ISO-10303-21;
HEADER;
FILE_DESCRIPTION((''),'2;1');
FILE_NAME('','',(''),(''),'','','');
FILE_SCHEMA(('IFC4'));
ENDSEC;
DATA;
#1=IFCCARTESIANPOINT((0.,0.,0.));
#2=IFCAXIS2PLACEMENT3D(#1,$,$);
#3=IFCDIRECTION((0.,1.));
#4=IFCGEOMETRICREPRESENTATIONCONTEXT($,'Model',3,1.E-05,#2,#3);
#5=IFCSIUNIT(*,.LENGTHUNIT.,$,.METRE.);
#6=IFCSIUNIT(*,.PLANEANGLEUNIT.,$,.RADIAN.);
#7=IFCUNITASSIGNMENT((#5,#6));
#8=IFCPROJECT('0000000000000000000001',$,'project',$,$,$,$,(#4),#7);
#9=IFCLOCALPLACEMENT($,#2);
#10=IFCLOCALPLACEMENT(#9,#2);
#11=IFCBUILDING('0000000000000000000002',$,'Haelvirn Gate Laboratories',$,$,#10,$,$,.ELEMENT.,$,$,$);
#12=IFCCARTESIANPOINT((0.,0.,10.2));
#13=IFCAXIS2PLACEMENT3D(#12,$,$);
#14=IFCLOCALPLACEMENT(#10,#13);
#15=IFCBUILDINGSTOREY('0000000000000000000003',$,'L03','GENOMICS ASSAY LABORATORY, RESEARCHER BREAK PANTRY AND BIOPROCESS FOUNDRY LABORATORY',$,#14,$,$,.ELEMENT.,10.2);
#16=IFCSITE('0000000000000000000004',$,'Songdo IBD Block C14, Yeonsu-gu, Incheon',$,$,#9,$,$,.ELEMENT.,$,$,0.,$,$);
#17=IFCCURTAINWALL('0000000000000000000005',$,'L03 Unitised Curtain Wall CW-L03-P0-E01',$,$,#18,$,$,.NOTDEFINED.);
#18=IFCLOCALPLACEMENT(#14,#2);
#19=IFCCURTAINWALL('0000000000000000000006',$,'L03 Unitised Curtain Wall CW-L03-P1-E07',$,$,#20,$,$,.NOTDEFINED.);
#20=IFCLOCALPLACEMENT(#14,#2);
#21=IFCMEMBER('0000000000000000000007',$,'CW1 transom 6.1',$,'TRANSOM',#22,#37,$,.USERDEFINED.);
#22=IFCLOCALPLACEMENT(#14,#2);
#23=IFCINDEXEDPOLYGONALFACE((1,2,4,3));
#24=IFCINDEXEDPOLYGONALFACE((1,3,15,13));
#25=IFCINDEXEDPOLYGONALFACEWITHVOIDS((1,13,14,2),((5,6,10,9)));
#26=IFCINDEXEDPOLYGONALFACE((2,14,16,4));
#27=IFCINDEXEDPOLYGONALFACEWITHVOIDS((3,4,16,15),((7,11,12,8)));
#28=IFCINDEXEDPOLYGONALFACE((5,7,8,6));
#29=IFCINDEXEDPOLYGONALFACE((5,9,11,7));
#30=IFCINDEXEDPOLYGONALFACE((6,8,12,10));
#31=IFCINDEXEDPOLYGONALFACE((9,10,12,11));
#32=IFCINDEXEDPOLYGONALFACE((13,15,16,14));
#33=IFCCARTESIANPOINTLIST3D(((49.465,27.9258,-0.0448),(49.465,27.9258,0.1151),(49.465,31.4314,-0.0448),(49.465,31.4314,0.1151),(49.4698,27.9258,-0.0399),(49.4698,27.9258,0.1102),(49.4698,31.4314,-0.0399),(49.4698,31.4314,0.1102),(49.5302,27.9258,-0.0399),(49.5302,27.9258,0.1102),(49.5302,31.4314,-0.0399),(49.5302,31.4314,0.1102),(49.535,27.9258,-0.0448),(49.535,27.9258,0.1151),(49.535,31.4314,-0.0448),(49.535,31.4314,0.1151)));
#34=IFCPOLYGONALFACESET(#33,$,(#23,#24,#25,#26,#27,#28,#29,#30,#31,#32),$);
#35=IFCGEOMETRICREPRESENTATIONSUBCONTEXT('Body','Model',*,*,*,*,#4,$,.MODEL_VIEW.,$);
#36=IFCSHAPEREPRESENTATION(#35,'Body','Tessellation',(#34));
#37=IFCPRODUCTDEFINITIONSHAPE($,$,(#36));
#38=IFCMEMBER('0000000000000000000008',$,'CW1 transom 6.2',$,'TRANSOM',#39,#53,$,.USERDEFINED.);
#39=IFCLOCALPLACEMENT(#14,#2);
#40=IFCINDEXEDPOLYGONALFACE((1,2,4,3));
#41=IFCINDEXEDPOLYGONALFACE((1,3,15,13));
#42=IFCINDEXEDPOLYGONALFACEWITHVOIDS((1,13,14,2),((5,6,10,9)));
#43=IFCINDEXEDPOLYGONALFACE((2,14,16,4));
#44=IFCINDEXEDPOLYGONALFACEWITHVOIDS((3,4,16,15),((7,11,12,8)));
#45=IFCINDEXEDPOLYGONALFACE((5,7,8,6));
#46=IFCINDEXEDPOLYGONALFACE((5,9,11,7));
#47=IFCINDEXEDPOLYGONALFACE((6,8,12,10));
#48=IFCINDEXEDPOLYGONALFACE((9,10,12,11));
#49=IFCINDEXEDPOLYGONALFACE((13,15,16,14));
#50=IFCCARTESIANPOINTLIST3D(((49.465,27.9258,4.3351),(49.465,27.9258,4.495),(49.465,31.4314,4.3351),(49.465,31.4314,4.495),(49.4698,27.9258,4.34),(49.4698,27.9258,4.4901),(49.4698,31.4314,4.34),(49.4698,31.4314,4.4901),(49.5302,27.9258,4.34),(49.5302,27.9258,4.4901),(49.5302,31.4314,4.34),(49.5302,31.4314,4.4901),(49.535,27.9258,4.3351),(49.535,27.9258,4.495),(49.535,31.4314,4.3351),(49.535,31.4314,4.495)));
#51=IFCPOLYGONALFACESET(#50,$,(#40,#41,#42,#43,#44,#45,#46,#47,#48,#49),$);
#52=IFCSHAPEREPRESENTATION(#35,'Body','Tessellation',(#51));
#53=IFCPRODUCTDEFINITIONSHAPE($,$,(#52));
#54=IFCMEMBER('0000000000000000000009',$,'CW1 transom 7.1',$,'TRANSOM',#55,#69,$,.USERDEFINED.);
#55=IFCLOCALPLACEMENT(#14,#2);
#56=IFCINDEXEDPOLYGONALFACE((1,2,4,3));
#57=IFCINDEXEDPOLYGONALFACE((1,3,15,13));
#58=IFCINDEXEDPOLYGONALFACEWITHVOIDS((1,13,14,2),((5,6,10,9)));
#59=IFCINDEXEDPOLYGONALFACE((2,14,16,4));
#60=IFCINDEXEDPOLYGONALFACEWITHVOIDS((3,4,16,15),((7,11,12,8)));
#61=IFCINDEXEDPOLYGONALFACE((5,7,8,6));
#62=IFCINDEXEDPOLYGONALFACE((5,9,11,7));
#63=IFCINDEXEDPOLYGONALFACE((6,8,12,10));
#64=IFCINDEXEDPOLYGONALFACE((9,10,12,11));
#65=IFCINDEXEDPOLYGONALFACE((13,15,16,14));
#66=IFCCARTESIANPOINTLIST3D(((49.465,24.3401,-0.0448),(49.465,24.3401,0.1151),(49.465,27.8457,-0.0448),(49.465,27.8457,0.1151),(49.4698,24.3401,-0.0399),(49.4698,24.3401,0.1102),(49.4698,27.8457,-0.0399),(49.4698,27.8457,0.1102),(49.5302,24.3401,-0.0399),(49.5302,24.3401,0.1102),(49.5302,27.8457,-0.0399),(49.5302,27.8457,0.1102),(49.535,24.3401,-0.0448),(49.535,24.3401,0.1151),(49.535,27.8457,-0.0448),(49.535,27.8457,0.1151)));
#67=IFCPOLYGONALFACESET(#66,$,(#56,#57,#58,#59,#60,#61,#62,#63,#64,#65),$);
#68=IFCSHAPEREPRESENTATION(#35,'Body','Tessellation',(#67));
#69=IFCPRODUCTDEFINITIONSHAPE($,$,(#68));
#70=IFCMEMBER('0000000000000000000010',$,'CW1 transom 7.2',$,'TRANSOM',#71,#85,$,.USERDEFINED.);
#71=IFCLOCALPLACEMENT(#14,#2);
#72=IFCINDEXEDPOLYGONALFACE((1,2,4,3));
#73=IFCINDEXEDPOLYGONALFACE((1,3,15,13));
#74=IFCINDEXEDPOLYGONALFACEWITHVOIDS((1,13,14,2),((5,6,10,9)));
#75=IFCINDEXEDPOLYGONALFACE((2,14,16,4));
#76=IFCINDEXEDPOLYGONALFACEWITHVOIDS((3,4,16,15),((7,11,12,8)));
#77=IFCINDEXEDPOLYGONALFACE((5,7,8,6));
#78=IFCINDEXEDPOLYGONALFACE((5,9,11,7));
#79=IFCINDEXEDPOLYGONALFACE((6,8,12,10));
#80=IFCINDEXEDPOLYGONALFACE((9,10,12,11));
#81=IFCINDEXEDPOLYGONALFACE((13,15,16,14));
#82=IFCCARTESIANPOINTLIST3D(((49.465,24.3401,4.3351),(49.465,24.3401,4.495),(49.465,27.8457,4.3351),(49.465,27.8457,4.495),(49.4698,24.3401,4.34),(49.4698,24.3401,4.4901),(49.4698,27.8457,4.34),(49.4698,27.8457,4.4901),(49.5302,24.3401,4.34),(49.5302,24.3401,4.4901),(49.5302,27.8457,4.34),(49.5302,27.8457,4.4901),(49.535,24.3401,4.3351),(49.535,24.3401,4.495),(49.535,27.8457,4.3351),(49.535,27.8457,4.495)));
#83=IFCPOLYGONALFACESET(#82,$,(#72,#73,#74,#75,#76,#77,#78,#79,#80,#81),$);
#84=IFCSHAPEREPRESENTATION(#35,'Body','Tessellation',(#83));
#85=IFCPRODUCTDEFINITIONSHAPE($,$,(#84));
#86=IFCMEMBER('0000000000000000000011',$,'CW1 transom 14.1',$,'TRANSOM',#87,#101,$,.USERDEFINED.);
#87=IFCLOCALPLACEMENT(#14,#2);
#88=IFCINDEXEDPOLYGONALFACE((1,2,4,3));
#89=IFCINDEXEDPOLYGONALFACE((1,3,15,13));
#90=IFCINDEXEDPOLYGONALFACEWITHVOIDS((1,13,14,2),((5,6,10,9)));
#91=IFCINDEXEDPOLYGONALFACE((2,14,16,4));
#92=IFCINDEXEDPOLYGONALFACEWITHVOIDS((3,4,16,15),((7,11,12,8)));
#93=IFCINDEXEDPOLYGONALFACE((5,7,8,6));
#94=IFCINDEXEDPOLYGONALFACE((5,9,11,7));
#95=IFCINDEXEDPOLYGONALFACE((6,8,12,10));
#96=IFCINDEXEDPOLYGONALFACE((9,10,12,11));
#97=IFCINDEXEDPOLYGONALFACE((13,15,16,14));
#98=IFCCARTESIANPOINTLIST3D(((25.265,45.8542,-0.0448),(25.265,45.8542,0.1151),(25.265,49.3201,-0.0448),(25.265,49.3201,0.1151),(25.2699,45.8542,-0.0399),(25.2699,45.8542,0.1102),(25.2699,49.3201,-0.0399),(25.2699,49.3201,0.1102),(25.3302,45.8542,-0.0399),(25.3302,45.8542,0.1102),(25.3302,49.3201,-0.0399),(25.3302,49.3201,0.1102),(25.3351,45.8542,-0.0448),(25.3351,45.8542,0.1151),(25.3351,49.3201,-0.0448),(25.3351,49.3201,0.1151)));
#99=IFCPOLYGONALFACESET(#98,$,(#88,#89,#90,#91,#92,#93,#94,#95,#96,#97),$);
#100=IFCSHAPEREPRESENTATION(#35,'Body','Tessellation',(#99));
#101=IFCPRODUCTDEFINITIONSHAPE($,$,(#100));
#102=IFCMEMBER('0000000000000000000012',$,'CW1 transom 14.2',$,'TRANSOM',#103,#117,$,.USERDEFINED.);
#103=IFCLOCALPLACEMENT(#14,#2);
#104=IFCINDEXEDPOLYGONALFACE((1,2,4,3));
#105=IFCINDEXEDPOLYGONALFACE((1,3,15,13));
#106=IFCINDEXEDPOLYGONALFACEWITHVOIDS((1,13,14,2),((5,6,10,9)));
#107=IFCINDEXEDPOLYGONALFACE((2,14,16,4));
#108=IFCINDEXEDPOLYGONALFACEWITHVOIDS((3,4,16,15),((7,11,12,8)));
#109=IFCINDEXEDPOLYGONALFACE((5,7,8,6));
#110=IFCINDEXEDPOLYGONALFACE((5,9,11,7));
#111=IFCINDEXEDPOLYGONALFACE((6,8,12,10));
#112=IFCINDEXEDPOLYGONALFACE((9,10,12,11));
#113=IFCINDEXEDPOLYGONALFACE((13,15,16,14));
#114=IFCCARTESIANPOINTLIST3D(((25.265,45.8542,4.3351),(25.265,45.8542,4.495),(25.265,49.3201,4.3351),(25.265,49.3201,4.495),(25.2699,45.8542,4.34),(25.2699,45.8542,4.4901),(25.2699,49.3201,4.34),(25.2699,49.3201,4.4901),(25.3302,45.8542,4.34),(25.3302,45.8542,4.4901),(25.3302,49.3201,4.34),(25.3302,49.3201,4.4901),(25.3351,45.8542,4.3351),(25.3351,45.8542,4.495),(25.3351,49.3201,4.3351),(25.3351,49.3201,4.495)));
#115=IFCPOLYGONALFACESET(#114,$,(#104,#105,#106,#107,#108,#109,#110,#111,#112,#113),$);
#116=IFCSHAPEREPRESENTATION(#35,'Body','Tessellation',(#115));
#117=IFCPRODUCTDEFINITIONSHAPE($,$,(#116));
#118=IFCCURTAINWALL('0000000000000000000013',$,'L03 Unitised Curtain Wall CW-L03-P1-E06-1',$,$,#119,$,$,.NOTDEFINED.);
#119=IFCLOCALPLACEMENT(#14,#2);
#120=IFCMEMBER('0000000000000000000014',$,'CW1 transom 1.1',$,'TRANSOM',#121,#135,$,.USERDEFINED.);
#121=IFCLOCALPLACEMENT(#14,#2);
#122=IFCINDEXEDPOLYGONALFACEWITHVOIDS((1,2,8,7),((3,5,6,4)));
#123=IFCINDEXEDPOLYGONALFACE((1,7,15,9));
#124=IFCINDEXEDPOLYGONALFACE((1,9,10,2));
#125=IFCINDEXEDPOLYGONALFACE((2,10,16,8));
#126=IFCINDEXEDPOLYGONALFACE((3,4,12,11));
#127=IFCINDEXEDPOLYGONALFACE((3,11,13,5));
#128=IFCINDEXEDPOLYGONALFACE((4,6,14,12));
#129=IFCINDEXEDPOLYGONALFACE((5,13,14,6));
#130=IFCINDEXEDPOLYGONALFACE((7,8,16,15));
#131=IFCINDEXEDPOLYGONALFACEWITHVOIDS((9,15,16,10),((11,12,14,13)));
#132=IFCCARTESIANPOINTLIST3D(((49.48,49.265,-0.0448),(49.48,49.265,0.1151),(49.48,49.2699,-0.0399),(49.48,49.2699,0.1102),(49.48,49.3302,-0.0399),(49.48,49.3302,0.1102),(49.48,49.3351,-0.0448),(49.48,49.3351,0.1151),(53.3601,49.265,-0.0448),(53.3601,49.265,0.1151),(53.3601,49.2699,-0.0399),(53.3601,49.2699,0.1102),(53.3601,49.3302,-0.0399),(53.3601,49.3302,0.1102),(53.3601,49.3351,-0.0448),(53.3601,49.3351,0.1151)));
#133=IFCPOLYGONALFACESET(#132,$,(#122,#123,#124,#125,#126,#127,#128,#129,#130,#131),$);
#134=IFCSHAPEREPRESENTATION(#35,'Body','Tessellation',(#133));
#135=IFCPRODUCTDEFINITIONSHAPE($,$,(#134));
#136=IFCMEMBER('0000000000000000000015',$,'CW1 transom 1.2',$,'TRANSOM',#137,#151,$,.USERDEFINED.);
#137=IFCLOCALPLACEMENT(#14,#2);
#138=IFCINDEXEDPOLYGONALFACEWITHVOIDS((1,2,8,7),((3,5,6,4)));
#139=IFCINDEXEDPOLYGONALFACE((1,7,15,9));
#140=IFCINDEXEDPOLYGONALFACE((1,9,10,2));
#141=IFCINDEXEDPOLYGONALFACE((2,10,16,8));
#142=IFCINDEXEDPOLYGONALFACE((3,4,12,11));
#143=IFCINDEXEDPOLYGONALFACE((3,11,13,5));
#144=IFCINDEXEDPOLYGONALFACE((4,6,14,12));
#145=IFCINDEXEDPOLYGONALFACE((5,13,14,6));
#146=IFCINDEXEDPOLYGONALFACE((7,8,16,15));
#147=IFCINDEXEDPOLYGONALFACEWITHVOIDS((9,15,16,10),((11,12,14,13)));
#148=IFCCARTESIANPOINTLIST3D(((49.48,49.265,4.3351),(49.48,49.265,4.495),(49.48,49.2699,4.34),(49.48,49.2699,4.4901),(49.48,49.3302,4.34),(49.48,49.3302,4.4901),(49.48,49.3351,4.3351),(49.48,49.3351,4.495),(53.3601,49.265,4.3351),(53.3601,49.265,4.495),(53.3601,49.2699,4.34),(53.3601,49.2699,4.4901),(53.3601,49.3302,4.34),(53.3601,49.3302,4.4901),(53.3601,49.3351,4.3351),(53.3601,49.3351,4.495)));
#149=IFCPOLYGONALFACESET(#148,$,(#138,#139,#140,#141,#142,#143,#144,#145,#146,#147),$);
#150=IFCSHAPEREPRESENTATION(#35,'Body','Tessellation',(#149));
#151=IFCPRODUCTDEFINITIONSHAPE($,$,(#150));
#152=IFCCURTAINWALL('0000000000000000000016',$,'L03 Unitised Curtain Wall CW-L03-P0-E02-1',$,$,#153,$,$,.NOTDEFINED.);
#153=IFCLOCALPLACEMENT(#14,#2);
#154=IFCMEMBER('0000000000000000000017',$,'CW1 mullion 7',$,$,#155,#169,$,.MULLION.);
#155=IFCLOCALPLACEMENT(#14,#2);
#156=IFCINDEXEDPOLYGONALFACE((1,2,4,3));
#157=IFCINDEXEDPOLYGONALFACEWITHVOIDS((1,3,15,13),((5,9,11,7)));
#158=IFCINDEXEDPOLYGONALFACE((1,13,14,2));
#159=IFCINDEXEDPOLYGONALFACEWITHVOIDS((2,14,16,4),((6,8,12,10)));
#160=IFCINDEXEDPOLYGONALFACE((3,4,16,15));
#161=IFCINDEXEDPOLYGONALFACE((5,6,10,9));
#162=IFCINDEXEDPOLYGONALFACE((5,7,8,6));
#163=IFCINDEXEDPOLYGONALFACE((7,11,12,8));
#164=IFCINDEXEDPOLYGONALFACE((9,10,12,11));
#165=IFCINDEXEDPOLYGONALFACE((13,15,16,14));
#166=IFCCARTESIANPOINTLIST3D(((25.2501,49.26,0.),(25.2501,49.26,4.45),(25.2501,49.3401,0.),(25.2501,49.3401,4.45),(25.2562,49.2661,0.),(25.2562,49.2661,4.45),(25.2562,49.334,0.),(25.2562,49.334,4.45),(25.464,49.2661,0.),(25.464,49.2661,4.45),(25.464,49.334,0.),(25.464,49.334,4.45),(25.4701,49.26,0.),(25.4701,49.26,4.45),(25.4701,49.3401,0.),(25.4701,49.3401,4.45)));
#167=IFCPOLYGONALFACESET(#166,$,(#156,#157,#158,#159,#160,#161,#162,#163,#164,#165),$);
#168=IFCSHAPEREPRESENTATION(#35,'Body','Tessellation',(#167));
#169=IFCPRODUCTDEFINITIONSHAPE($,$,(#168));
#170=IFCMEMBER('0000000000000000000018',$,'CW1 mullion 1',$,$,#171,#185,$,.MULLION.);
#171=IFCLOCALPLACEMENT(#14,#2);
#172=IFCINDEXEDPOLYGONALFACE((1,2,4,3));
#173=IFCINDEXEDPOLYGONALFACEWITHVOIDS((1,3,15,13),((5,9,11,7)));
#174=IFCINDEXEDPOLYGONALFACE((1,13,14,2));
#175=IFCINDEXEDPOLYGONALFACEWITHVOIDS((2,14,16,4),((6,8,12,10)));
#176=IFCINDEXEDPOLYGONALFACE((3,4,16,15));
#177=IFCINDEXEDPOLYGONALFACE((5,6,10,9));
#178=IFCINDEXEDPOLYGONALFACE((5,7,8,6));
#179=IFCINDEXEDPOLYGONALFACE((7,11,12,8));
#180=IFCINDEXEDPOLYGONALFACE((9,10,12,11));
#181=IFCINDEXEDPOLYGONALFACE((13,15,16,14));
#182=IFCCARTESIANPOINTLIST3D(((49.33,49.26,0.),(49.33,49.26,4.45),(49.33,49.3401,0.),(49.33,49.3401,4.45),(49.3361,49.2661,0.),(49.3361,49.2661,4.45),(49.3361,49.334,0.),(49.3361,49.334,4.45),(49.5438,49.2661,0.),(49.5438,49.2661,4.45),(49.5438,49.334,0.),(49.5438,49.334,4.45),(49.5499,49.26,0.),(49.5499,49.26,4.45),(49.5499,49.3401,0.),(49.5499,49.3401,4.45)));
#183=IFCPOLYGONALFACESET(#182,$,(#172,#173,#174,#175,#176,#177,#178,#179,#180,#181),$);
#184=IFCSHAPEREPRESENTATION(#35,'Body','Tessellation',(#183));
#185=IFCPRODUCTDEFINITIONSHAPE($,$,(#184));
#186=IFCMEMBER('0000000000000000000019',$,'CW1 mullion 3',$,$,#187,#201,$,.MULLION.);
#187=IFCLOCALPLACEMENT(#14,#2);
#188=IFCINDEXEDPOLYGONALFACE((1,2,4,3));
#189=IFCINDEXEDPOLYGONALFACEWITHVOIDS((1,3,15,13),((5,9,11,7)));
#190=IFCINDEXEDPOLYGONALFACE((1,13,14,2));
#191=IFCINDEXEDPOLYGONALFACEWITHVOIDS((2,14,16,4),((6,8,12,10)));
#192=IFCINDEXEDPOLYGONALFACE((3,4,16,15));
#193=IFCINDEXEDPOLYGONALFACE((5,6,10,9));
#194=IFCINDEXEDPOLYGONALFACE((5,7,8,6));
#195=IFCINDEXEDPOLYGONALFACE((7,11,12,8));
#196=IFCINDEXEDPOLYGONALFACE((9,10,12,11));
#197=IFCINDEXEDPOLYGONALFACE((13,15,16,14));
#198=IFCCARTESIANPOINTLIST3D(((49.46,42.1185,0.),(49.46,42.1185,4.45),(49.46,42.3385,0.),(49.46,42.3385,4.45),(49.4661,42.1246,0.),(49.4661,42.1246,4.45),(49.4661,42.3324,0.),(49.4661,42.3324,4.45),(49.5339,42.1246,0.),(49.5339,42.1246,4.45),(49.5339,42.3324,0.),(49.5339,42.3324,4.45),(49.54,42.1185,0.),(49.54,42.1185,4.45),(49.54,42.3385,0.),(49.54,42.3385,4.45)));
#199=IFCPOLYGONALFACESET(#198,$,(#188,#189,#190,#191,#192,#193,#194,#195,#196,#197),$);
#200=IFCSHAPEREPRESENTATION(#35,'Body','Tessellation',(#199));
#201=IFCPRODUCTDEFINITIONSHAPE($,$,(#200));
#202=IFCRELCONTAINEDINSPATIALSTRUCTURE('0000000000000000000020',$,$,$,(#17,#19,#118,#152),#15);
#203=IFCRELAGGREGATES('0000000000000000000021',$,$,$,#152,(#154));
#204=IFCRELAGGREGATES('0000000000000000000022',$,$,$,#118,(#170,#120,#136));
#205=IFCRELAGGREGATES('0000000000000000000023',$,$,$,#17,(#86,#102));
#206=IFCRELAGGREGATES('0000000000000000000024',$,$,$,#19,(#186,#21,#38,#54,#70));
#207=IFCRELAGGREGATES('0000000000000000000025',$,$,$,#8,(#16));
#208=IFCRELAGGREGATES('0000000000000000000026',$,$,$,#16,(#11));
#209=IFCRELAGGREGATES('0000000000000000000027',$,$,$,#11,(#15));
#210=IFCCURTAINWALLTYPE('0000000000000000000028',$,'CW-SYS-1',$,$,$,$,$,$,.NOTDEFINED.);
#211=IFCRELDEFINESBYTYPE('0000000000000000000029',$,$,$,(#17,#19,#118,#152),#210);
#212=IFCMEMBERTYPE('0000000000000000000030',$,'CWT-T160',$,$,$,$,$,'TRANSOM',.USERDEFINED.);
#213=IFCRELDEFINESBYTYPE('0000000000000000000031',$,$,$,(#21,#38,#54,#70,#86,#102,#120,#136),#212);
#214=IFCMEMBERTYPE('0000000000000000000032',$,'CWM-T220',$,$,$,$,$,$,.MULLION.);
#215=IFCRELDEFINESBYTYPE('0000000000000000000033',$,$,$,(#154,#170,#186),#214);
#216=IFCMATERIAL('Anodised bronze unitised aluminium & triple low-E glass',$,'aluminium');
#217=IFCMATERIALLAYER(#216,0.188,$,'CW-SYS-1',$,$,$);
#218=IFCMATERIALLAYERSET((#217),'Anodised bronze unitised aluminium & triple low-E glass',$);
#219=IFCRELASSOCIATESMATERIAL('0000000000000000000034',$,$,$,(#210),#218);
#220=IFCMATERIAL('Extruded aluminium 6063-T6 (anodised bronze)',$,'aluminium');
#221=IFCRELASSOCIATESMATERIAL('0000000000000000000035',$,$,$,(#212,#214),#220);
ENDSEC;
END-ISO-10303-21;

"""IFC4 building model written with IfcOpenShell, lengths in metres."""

from ifc_helpers import new_model, si_unit, direction, frame, origin, origin_2d, place, context, subcontext, project, spatial, hollow_rectangle, extrude, source, transform, mapped, material, layer, layer_set, material_profile, profile_set, type_object, type_shapes, element, aggregate, save


model = new_model("IFC4")

# Units and contexts
model_context = context("Model", 3, precision=1e-05, world=origin(), true_north=direction((0.0, 1.0)))
body_context = subcontext(model_context, "Body", "Model", "MODEL_VIEW")
ifc_project = project(units=[si_unit("LENGTHUNIT", "METRE"), si_unit("PLANEANGLEUNIT", "RADIAN")], contexts=[model_context])

# Site, building, storey
site_placement = place(None, origin())
site = spatial("IfcSite", under=ifc_project, at=site_placement, Name="Songdo IBD Block C14, Yeonsu-gu, Incheon", CompositionType="ELEMENT", RefElevation=0.0)
building_placement = place(site_placement, origin())
building = spatial("IfcBuilding", under=site, at=building_placement, Name="Haelvirn Gate Laboratories", CompositionType="ELEMENT")
storey_placement = place(building_placement, frame((0.0, 0.0, 10.2)))
storey = spatial("IfcBuildingStorey", under=building, at=storey_placement, Name="L03", Description="GENOMICS ASSAY LABORATORY, RESEARCHER BREAK PANTRY AND BIOPROCESS FOUNDRY LABORATORY", CompositionType="ELEMENT", Elevation=10.2)

# Curtain walls, members
ifc_material_1 = material(Name="Anodised bronze unitised aluminium & triple low-E glass", Category="aluminium")
ifc_layer_1 = layer(ifc_material_1, 0.188, Name="CW-SYS-1")
ifc_layer_set_1 = layer_set([ifc_layer_1], Name="Anodised bronze unitised aluminium & triple low-E glass")
curtain_wall_type = type_object("IfcCurtainWallType", Name="CW-SYS-1", PredefinedType="NOTDEFINED", material=ifc_layer_set_1)
curtain_wall_1_placement = place(storey_placement, origin())
curtain_wall_1 = element("IfcCurtainWall", 1, at=curtain_wall_1_placement, inside=storey, type_object=curtain_wall_type, Name="L03 Unitised Curtain Wall CW-L03-P0-E01", PredefinedType="NOTDEFINED")
ifc_material_2 = material(Name="Extruded aluminium 6063-T6 (anodised bronze)", Category="aluminium")
ifc_material_profile_1 = material_profile(ifc_material_2, hollow_rectangle(XDim=0.0701, YDim=0.1599, WallThickness=0.0049, at=origin_2d()), Name="CWT-160x70x5")
ifc_profile_set_1 = profile_set([ifc_material_profile_1], Name="Extruded aluminium 6063-T6 (anodised bronze)")
member_type_1 = type_object("IfcMemberType", Name="CWT-T160", ElementType="TRANSOM", PredefinedType="USERDEFINED", material=ifc_profile_set_1)
shared_shape_1 = source(origin(), body_context, "Body", "SweptSolid", [
    extrude(hollow_rectangle(XDim=0.0701, YDim=0.1599, WallThickness=0.0049, at=origin_2d()), origin(), (0.0, 0.0, 1.0), 3.5056),
])
curtain_wall_2_placement = place(storey_placement, origin())
curtain_wall_2 = element("IfcCurtainWall", 2, at=curtain_wall_2_placement, inside=storey, type_object=curtain_wall_type, Name="L03 Unitised Curtain Wall CW-L03-P1-E07", PredefinedType="NOTDEFINED")
member_1_placement = place(storey_placement, frame((49.5, 31.4314, 0.0352), z_axis=(0.0, -1.0, 0.0), x_axis=(1.0, 0.0, 0.0)))
member_1 = element("IfcMember", 3, at=member_1_placement, type_object=member_type_1, Name="CW1 transom 6.1", ObjectType="TRANSOM", PredefinedType="USERDEFINED", context=body_context, shape_type="MappedRepresentation", body=[
    mapped(shared_shape_1, transform((0.0, 0.0, 0.0), scale=1.0)),
])
member_2_placement = place(storey_placement, frame((49.5, 31.4314, 4.415), z_axis=(0.0, -1.0, 0.0), x_axis=(1.0, 0.0, 0.0)))
member_2 = element("IfcMember", 4, at=member_2_placement, type_object=member_type_1, Name="CW1 transom 6.2", ObjectType="TRANSOM", PredefinedType="USERDEFINED", context=body_context, shape_type="MappedRepresentation", body=[
    mapped(shared_shape_1, transform((0.0, 0.0, 0.0), scale=1.0)),
])
member_3_placement = place(storey_placement, frame((49.5, 27.8457, 0.0352), z_axis=(0.0, -1.0, 0.0), x_axis=(1.0, 0.0, 0.0)))
member_3 = element("IfcMember", 5, at=member_3_placement, type_object=member_type_1, Name="CW1 transom 7.1", ObjectType="TRANSOM", PredefinedType="USERDEFINED", context=body_context, shape_type="MappedRepresentation", body=[
    mapped(shared_shape_1, transform((0.0, 0.0, 0.0), scale=1.0)),
])
member_4_placement = place(storey_placement, frame((49.5, 27.8457, 4.415), z_axis=(0.0, -1.0, 0.0), x_axis=(1.0, 0.0, 0.0)))
member_4 = element("IfcMember", 6, at=member_4_placement, type_object=member_type_1, Name="CW1 transom 7.2", ObjectType="TRANSOM", PredefinedType="USERDEFINED", context=body_context, shape_type="MappedRepresentation", body=[
    mapped(shared_shape_1, transform((0.0, 0.0, 0.0), scale=1.0)),
])

# Members
shared_shape_2 = source(origin(), body_context, "Body", "SweptSolid", [
    extrude(hollow_rectangle(XDim=0.0701, YDim=0.1599, WallThickness=0.0049, at=origin_2d()), origin(), (0.0, 0.0, 1.0), 3.4658),
])
member_5_placement = place(storey_placement, frame((25.3, 45.8542, 0.0352), z_axis=(0.0, 1.0, 0.0), x_axis=(-1.0, 0.0, 0.0)))
member_5 = element("IfcMember", 7, at=member_5_placement, type_object=member_type_1, Name="CW1 transom 14.1", ObjectType="TRANSOM", PredefinedType="USERDEFINED", context=body_context, shape_type="MappedRepresentation", body=[
    mapped(shared_shape_2, transform((0.0, 0.0, 0.0), scale=1.0)),
])
member_6_placement = place(storey_placement, frame((25.3, 45.8542, 4.415), z_axis=(0.0, 1.0, 0.0), x_axis=(-1.0, 0.0, 0.0)))
member_6 = element("IfcMember", 8, at=member_6_placement, type_object=member_type_1, Name="CW1 transom 14.2", ObjectType="TRANSOM", PredefinedType="USERDEFINED", context=body_context, shape_type="MappedRepresentation", body=[
    mapped(shared_shape_2, transform((0.0, 0.0, 0.0), scale=1.0)),
])

# Curtain wall, members
curtain_wall_3_placement = place(storey_placement, origin())
curtain_wall_3 = element("IfcCurtainWall", 9, at=curtain_wall_3_placement, inside=storey, type_object=curtain_wall_type, Name="L03 Unitised Curtain Wall CW-L03-P1-E06-1", PredefinedType="NOTDEFINED")
shared_shape_3 = source(origin(), body_context, "Body", "SweptSolid", [
    extrude(hollow_rectangle(XDim=0.0701, YDim=0.1599, WallThickness=0.0049, at=origin_2d()), origin(), (0.0, 0.0, 1.0), 3.8801),
])
type_shapes(member_type_1, [shared_shape_1, shared_shape_2, shared_shape_3])
member_7_placement = place(storey_placement, frame((49.48, 49.3, 0.0352), z_axis=(1.0, 0.0, 0.0), x_axis=(0.0, 1.0, 0.0)))
member_7 = element("IfcMember", 10, at=member_7_placement, type_object=member_type_1, Name="CW1 transom 1.1", ObjectType="TRANSOM", PredefinedType="USERDEFINED", context=body_context, shape_type="MappedRepresentation", body=[
    mapped(shared_shape_3, transform((0.0, 0.0, 0.0), scale=1.0)),
])
member_8_placement = place(storey_placement, frame((49.48, 49.3, 4.415), z_axis=(1.0, 0.0, 0.0), x_axis=(0.0, 1.0, 0.0)))
member_8 = element("IfcMember", 11, at=member_8_placement, type_object=member_type_1, Name="CW1 transom 1.2", ObjectType="TRANSOM", PredefinedType="USERDEFINED", context=body_context, shape_type="MappedRepresentation", body=[
    mapped(shared_shape_3, transform((0.0, 0.0, 0.0), scale=1.0)),
])

# Curtain wall, member
curtain_wall_4_placement = place(storey_placement, origin())
curtain_wall_4 = element("IfcCurtainWall", 12, at=curtain_wall_4_placement, inside=storey, type_object=curtain_wall_type, Name="L03 Unitised Curtain Wall CW-L03-P0-E02-1", PredefinedType="NOTDEFINED")
ifc_material_profile_2 = material_profile(ifc_material_2, hollow_rectangle(XDim=0.0801, YDim=0.22, WallThickness=0.0061, at=origin_2d()), Name="CWM-220x80x6")
ifc_profile_set_2 = profile_set([ifc_material_profile_2], Name="Extruded aluminium 6063-T6 (anodised bronze)")
member_type_2 = type_object("IfcMemberType", Name="CWM-T220", PredefinedType="MULLION", material=ifc_profile_set_2)
shared_shape_4 = source(origin(), body_context, "Body", "SweptSolid", [
    extrude(hollow_rectangle(XDim=0.0801, YDim=0.22, WallThickness=0.0061, at=origin_2d()), origin(), (0.0, 0.0, 1.0), 4.45),
])
type_shapes(member_type_2, [shared_shape_4])
member_9_placement = place(storey_placement, frame((25.3601, 49.3, 0.0), z_axis=(0.0, 0.0, 1.0), x_axis=(0.0, 1.0, 0.0)))
member_9 = element("IfcMember", 13, at=member_9_placement, type_object=member_type_2, Name="CW1 mullion 7", PredefinedType="MULLION", context=body_context, shape_type="MappedRepresentation", body=[
    mapped(shared_shape_4, transform((0.0, 0.0, 0.0), scale=1.0)),
])
aggregate(curtain_wall_4, [member_9])

# Members
member_10_placement = place(storey_placement, frame((49.4399, 49.3, 0.0), z_axis=(0.0, 0.0, 1.0), x_axis=(0.0, 1.0, 0.0)))
member_10 = element("IfcMember", 14, at=member_10_placement, type_object=member_type_2, Name="CW1 mullion 1", PredefinedType="MULLION", context=body_context, shape_type="MappedRepresentation", body=[
    mapped(shared_shape_4, transform((0.0, 0.0, 0.0), scale=1.0)),
])
aggregate(curtain_wall_3, [member_10, member_7, member_8])
member_11_placement = place(storey_placement, frame((49.5, 42.2285, 0.0), z_axis=(0.0, 0.0, 1.0), x_axis=(1.0, 0.0, 0.0)))
member_11 = element("IfcMember", 15, at=member_11_placement, type_object=member_type_2, Name="CW1 mullion 3", PredefinedType="MULLION", context=body_context, shape_type="MappedRepresentation", body=[
    mapped(shared_shape_4, transform((0.0, 0.0, 0.0), scale=1.0)),
])

aggregate(curtain_wall_1, [member_5, member_6])
aggregate(curtain_wall_2, [member_11, member_1, member_2, member_3, member_4])

save(model, "model.ifc")
